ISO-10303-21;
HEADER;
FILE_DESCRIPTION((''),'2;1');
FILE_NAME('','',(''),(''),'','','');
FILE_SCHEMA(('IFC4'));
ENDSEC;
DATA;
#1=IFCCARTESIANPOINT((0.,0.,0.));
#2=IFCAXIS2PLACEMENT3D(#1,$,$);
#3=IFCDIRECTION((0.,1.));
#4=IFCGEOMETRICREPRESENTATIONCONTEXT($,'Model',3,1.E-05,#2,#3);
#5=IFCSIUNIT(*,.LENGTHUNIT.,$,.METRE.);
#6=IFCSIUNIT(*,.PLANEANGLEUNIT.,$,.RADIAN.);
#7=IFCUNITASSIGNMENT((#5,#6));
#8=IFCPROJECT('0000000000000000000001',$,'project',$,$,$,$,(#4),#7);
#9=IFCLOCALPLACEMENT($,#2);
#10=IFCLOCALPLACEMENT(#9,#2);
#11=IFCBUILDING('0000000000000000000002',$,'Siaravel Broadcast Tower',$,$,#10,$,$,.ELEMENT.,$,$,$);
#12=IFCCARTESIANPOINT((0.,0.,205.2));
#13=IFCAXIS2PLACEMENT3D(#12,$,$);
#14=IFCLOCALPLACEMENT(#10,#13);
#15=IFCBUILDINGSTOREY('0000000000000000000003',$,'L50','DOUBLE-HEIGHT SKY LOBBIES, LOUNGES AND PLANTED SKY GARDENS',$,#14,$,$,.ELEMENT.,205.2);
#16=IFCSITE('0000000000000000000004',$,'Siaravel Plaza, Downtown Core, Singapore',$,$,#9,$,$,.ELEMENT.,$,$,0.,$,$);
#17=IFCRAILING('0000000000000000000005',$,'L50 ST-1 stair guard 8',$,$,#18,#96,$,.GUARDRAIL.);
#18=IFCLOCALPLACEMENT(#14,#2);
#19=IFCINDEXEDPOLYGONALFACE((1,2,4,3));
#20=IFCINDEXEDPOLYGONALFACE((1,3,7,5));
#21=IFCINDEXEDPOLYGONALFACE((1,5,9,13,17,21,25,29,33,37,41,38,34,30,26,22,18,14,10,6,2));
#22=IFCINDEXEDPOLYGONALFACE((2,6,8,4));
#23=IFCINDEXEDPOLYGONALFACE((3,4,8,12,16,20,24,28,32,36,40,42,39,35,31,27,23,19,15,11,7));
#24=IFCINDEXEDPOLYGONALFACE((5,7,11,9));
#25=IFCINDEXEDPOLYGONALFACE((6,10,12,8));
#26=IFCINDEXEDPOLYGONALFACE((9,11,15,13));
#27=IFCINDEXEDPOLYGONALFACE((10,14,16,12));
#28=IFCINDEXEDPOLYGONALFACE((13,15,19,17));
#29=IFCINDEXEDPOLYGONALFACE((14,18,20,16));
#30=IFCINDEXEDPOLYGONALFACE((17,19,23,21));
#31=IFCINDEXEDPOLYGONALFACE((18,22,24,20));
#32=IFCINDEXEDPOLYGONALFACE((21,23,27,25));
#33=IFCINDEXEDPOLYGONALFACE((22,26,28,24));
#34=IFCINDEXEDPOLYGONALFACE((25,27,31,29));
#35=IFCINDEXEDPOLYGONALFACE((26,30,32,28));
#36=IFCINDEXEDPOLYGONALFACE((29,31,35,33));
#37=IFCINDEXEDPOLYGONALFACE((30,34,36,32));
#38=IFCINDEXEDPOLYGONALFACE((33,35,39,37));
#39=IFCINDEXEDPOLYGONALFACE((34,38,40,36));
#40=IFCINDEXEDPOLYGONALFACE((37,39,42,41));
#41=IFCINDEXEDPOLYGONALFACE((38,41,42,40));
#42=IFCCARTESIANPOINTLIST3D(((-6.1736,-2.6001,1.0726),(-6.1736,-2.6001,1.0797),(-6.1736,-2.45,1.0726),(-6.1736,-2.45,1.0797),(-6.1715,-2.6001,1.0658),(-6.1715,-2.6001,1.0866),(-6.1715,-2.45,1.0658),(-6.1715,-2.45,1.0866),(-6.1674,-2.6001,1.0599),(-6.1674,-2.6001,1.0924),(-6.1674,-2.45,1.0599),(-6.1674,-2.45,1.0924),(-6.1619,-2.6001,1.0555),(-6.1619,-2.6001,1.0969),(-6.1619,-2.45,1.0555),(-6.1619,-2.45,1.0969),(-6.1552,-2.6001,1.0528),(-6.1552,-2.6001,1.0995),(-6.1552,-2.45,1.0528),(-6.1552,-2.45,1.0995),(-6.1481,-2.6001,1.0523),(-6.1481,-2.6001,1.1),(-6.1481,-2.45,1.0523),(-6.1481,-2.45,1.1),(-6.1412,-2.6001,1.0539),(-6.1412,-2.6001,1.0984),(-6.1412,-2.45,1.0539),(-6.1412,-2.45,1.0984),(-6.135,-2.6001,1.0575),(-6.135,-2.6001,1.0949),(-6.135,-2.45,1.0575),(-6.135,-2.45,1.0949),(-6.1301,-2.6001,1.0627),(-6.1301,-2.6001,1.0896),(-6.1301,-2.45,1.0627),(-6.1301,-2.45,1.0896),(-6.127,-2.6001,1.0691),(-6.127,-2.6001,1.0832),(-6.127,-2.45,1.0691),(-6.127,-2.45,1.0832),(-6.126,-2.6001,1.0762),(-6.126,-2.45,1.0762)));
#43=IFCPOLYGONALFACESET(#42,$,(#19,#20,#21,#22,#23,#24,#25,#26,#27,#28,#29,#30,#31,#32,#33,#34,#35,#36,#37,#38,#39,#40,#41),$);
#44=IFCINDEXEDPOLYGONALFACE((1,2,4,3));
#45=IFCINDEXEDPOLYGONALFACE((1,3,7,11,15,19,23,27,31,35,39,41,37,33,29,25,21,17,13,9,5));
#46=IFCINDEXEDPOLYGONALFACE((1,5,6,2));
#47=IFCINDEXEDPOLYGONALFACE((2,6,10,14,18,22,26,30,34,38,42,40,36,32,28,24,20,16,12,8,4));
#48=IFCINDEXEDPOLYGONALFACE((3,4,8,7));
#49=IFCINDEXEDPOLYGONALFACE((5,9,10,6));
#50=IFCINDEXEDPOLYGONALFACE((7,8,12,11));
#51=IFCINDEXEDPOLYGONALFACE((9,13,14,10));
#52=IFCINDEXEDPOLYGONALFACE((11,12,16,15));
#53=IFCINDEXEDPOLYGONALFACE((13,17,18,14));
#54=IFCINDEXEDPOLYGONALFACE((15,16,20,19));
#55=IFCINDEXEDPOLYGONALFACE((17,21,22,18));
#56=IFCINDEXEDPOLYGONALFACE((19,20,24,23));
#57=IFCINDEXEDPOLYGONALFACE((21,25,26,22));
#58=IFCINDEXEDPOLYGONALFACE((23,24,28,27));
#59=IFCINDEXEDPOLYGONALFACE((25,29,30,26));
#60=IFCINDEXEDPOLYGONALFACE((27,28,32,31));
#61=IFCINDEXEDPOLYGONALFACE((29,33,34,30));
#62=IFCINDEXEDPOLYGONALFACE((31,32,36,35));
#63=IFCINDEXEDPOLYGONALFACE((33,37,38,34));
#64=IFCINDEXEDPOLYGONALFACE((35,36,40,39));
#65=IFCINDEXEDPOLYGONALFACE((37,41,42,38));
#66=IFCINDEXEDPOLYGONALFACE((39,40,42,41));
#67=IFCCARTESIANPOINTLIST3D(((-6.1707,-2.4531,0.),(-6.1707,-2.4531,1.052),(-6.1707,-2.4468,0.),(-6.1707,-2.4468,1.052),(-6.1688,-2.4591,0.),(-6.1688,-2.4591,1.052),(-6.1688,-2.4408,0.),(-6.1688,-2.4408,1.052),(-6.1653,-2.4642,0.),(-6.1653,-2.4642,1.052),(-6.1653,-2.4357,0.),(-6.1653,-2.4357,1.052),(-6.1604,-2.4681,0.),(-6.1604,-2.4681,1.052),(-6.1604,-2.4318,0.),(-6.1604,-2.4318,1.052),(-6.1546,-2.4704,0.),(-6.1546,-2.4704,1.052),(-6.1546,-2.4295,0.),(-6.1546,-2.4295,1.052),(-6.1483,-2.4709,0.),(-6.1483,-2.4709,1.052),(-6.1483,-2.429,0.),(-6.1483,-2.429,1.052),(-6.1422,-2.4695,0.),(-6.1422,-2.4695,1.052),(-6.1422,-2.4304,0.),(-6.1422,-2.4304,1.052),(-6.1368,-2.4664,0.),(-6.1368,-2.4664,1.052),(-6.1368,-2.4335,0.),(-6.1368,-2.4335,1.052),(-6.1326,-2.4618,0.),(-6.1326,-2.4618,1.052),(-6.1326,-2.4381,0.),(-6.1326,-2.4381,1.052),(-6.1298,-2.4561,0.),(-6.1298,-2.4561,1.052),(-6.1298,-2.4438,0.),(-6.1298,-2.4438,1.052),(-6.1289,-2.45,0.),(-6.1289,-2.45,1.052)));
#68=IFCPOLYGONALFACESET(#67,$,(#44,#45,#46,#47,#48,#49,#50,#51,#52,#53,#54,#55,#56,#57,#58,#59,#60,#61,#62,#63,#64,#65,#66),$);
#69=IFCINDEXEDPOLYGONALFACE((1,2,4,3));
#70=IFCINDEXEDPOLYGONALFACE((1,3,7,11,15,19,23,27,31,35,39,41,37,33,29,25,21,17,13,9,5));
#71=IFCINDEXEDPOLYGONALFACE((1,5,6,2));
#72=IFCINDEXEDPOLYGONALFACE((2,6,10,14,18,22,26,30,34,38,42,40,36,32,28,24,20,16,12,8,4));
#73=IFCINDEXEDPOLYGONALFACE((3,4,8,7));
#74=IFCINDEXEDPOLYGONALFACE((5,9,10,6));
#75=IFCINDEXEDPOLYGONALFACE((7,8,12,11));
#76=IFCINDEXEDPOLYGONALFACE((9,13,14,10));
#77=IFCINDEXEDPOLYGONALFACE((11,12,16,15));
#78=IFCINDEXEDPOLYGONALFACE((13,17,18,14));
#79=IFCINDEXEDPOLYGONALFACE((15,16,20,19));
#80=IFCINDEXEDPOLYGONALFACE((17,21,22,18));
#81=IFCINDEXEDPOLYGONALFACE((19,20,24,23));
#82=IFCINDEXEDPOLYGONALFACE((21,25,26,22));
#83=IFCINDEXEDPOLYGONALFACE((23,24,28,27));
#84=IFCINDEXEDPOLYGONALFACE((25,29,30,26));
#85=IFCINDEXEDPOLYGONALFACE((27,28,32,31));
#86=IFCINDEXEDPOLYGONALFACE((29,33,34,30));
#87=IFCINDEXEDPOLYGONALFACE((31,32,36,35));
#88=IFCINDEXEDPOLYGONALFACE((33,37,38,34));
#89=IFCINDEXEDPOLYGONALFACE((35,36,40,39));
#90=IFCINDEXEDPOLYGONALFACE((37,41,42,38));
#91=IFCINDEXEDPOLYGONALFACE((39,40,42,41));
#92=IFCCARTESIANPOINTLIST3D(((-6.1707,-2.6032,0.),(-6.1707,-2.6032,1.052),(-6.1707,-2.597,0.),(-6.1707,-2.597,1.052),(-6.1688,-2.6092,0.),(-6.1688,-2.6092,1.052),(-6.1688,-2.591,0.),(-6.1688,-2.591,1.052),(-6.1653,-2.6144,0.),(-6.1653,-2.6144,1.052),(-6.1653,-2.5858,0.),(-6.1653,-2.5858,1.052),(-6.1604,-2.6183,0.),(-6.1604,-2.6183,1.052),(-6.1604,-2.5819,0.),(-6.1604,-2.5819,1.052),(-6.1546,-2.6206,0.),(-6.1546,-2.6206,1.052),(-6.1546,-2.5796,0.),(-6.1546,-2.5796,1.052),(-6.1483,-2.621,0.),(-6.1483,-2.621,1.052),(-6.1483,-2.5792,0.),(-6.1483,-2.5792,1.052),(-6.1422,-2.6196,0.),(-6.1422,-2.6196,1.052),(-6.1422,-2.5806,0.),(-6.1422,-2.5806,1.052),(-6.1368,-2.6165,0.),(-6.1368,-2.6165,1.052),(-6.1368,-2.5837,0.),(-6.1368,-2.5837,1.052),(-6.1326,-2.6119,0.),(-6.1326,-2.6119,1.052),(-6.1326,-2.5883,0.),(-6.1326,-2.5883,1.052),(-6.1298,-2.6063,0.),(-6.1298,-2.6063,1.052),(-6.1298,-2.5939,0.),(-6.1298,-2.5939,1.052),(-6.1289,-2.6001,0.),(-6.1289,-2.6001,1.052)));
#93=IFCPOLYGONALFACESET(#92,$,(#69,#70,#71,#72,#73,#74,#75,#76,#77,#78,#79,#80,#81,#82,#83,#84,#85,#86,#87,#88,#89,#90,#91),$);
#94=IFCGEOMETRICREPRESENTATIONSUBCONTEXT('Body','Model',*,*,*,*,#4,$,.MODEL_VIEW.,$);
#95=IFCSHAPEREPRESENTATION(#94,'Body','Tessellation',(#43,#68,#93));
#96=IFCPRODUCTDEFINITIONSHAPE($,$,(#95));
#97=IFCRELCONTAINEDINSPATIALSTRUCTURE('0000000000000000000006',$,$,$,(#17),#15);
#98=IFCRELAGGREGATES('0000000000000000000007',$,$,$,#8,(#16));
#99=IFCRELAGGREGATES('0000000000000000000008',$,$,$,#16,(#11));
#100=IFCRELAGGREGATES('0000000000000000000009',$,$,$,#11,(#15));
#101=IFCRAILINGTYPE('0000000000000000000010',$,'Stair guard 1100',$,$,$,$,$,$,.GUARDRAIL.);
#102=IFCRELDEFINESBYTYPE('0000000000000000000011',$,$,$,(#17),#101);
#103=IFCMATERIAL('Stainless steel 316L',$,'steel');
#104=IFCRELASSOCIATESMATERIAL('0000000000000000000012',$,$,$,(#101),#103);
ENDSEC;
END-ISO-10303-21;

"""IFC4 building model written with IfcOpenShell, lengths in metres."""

from ifc_helpers import new_model, si_unit, direction, frame, origin, origin_2d, place, context, subcontext, project, spatial, circle, extrude, material, type_object, element, save


model = new_model("IFC4")

# Units and contexts
model_context = context("Model", 3, precision=1e-05, world=origin(), true_north=direction((0.0, 1.0)))
body_context = subcontext(model_context, "Body", "Model", "MODEL_VIEW")
ifc_project = project(units=[si_unit("LENGTHUNIT", "METRE"), si_unit("PLANEANGLEUNIT", "RADIAN")], contexts=[model_context])

# Site, building, storey
site_placement = place(None, origin())
site = spatial("IfcSite", under=ifc_project, at=site_placement, Name="Siaravel Plaza, Downtown Core, Singapore", CompositionType="ELEMENT", RefElevation=0.0)
building_placement = place(site_placement, origin())
building = spatial("IfcBuilding", under=site, at=building_placement, Name="Siaravel Broadcast Tower", CompositionType="ELEMENT")
storey_placement = place(building_placement, frame((0.0, 0.0, 205.2)))
storey = spatial("IfcBuildingStorey", under=building, at=storey_placement, Name="L50", Description="DOUBLE-HEIGHT SKY LOBBIES, LOUNGES AND PLANTED SKY GARDENS", CompositionType="ELEMENT", Elevation=205.2)

# Shared definitions
ifc_material_1 = material(Name="Stainless steel 316L", Category="steel")

# Railing
railing_type_1 = type_object("IfcRailingType", Name="Stair guard 1100", PredefinedType="GUARDRAIL", material=ifc_material_1)
railing_1_placement = place(storey_placement, frame((-6.1499, -2.45, 0.0)))
element("IfcRailing", 1, at=railing_1_placement, inside=storey, type_object=railing_type_1, Name="L50 ST-1 stair guard 8", PredefinedType="GUARDRAIL", context=body_context, shape_type="SweptSolid", body=[
    extrude(circle(Radius=0.0239, at=origin_2d()), frame((0.0, 0.0, 1.0762), z_axis=(0.0, -1.0, 0.0), x_axis=(1.0, 0.0, 0.0)), (0.0, 0.0, 1.0), 0.1501),
    extrude(circle(Radius=0.021, at=origin_2d()), origin(), (0.0, 0.0, 1.0), 1.052),
    extrude(circle(Radius=0.021, at=origin_2d()), frame((0.0, -0.1501, 0.0)), (0.0, 0.0, 1.0), 1.052),
])

save(model, "model.ifc")
